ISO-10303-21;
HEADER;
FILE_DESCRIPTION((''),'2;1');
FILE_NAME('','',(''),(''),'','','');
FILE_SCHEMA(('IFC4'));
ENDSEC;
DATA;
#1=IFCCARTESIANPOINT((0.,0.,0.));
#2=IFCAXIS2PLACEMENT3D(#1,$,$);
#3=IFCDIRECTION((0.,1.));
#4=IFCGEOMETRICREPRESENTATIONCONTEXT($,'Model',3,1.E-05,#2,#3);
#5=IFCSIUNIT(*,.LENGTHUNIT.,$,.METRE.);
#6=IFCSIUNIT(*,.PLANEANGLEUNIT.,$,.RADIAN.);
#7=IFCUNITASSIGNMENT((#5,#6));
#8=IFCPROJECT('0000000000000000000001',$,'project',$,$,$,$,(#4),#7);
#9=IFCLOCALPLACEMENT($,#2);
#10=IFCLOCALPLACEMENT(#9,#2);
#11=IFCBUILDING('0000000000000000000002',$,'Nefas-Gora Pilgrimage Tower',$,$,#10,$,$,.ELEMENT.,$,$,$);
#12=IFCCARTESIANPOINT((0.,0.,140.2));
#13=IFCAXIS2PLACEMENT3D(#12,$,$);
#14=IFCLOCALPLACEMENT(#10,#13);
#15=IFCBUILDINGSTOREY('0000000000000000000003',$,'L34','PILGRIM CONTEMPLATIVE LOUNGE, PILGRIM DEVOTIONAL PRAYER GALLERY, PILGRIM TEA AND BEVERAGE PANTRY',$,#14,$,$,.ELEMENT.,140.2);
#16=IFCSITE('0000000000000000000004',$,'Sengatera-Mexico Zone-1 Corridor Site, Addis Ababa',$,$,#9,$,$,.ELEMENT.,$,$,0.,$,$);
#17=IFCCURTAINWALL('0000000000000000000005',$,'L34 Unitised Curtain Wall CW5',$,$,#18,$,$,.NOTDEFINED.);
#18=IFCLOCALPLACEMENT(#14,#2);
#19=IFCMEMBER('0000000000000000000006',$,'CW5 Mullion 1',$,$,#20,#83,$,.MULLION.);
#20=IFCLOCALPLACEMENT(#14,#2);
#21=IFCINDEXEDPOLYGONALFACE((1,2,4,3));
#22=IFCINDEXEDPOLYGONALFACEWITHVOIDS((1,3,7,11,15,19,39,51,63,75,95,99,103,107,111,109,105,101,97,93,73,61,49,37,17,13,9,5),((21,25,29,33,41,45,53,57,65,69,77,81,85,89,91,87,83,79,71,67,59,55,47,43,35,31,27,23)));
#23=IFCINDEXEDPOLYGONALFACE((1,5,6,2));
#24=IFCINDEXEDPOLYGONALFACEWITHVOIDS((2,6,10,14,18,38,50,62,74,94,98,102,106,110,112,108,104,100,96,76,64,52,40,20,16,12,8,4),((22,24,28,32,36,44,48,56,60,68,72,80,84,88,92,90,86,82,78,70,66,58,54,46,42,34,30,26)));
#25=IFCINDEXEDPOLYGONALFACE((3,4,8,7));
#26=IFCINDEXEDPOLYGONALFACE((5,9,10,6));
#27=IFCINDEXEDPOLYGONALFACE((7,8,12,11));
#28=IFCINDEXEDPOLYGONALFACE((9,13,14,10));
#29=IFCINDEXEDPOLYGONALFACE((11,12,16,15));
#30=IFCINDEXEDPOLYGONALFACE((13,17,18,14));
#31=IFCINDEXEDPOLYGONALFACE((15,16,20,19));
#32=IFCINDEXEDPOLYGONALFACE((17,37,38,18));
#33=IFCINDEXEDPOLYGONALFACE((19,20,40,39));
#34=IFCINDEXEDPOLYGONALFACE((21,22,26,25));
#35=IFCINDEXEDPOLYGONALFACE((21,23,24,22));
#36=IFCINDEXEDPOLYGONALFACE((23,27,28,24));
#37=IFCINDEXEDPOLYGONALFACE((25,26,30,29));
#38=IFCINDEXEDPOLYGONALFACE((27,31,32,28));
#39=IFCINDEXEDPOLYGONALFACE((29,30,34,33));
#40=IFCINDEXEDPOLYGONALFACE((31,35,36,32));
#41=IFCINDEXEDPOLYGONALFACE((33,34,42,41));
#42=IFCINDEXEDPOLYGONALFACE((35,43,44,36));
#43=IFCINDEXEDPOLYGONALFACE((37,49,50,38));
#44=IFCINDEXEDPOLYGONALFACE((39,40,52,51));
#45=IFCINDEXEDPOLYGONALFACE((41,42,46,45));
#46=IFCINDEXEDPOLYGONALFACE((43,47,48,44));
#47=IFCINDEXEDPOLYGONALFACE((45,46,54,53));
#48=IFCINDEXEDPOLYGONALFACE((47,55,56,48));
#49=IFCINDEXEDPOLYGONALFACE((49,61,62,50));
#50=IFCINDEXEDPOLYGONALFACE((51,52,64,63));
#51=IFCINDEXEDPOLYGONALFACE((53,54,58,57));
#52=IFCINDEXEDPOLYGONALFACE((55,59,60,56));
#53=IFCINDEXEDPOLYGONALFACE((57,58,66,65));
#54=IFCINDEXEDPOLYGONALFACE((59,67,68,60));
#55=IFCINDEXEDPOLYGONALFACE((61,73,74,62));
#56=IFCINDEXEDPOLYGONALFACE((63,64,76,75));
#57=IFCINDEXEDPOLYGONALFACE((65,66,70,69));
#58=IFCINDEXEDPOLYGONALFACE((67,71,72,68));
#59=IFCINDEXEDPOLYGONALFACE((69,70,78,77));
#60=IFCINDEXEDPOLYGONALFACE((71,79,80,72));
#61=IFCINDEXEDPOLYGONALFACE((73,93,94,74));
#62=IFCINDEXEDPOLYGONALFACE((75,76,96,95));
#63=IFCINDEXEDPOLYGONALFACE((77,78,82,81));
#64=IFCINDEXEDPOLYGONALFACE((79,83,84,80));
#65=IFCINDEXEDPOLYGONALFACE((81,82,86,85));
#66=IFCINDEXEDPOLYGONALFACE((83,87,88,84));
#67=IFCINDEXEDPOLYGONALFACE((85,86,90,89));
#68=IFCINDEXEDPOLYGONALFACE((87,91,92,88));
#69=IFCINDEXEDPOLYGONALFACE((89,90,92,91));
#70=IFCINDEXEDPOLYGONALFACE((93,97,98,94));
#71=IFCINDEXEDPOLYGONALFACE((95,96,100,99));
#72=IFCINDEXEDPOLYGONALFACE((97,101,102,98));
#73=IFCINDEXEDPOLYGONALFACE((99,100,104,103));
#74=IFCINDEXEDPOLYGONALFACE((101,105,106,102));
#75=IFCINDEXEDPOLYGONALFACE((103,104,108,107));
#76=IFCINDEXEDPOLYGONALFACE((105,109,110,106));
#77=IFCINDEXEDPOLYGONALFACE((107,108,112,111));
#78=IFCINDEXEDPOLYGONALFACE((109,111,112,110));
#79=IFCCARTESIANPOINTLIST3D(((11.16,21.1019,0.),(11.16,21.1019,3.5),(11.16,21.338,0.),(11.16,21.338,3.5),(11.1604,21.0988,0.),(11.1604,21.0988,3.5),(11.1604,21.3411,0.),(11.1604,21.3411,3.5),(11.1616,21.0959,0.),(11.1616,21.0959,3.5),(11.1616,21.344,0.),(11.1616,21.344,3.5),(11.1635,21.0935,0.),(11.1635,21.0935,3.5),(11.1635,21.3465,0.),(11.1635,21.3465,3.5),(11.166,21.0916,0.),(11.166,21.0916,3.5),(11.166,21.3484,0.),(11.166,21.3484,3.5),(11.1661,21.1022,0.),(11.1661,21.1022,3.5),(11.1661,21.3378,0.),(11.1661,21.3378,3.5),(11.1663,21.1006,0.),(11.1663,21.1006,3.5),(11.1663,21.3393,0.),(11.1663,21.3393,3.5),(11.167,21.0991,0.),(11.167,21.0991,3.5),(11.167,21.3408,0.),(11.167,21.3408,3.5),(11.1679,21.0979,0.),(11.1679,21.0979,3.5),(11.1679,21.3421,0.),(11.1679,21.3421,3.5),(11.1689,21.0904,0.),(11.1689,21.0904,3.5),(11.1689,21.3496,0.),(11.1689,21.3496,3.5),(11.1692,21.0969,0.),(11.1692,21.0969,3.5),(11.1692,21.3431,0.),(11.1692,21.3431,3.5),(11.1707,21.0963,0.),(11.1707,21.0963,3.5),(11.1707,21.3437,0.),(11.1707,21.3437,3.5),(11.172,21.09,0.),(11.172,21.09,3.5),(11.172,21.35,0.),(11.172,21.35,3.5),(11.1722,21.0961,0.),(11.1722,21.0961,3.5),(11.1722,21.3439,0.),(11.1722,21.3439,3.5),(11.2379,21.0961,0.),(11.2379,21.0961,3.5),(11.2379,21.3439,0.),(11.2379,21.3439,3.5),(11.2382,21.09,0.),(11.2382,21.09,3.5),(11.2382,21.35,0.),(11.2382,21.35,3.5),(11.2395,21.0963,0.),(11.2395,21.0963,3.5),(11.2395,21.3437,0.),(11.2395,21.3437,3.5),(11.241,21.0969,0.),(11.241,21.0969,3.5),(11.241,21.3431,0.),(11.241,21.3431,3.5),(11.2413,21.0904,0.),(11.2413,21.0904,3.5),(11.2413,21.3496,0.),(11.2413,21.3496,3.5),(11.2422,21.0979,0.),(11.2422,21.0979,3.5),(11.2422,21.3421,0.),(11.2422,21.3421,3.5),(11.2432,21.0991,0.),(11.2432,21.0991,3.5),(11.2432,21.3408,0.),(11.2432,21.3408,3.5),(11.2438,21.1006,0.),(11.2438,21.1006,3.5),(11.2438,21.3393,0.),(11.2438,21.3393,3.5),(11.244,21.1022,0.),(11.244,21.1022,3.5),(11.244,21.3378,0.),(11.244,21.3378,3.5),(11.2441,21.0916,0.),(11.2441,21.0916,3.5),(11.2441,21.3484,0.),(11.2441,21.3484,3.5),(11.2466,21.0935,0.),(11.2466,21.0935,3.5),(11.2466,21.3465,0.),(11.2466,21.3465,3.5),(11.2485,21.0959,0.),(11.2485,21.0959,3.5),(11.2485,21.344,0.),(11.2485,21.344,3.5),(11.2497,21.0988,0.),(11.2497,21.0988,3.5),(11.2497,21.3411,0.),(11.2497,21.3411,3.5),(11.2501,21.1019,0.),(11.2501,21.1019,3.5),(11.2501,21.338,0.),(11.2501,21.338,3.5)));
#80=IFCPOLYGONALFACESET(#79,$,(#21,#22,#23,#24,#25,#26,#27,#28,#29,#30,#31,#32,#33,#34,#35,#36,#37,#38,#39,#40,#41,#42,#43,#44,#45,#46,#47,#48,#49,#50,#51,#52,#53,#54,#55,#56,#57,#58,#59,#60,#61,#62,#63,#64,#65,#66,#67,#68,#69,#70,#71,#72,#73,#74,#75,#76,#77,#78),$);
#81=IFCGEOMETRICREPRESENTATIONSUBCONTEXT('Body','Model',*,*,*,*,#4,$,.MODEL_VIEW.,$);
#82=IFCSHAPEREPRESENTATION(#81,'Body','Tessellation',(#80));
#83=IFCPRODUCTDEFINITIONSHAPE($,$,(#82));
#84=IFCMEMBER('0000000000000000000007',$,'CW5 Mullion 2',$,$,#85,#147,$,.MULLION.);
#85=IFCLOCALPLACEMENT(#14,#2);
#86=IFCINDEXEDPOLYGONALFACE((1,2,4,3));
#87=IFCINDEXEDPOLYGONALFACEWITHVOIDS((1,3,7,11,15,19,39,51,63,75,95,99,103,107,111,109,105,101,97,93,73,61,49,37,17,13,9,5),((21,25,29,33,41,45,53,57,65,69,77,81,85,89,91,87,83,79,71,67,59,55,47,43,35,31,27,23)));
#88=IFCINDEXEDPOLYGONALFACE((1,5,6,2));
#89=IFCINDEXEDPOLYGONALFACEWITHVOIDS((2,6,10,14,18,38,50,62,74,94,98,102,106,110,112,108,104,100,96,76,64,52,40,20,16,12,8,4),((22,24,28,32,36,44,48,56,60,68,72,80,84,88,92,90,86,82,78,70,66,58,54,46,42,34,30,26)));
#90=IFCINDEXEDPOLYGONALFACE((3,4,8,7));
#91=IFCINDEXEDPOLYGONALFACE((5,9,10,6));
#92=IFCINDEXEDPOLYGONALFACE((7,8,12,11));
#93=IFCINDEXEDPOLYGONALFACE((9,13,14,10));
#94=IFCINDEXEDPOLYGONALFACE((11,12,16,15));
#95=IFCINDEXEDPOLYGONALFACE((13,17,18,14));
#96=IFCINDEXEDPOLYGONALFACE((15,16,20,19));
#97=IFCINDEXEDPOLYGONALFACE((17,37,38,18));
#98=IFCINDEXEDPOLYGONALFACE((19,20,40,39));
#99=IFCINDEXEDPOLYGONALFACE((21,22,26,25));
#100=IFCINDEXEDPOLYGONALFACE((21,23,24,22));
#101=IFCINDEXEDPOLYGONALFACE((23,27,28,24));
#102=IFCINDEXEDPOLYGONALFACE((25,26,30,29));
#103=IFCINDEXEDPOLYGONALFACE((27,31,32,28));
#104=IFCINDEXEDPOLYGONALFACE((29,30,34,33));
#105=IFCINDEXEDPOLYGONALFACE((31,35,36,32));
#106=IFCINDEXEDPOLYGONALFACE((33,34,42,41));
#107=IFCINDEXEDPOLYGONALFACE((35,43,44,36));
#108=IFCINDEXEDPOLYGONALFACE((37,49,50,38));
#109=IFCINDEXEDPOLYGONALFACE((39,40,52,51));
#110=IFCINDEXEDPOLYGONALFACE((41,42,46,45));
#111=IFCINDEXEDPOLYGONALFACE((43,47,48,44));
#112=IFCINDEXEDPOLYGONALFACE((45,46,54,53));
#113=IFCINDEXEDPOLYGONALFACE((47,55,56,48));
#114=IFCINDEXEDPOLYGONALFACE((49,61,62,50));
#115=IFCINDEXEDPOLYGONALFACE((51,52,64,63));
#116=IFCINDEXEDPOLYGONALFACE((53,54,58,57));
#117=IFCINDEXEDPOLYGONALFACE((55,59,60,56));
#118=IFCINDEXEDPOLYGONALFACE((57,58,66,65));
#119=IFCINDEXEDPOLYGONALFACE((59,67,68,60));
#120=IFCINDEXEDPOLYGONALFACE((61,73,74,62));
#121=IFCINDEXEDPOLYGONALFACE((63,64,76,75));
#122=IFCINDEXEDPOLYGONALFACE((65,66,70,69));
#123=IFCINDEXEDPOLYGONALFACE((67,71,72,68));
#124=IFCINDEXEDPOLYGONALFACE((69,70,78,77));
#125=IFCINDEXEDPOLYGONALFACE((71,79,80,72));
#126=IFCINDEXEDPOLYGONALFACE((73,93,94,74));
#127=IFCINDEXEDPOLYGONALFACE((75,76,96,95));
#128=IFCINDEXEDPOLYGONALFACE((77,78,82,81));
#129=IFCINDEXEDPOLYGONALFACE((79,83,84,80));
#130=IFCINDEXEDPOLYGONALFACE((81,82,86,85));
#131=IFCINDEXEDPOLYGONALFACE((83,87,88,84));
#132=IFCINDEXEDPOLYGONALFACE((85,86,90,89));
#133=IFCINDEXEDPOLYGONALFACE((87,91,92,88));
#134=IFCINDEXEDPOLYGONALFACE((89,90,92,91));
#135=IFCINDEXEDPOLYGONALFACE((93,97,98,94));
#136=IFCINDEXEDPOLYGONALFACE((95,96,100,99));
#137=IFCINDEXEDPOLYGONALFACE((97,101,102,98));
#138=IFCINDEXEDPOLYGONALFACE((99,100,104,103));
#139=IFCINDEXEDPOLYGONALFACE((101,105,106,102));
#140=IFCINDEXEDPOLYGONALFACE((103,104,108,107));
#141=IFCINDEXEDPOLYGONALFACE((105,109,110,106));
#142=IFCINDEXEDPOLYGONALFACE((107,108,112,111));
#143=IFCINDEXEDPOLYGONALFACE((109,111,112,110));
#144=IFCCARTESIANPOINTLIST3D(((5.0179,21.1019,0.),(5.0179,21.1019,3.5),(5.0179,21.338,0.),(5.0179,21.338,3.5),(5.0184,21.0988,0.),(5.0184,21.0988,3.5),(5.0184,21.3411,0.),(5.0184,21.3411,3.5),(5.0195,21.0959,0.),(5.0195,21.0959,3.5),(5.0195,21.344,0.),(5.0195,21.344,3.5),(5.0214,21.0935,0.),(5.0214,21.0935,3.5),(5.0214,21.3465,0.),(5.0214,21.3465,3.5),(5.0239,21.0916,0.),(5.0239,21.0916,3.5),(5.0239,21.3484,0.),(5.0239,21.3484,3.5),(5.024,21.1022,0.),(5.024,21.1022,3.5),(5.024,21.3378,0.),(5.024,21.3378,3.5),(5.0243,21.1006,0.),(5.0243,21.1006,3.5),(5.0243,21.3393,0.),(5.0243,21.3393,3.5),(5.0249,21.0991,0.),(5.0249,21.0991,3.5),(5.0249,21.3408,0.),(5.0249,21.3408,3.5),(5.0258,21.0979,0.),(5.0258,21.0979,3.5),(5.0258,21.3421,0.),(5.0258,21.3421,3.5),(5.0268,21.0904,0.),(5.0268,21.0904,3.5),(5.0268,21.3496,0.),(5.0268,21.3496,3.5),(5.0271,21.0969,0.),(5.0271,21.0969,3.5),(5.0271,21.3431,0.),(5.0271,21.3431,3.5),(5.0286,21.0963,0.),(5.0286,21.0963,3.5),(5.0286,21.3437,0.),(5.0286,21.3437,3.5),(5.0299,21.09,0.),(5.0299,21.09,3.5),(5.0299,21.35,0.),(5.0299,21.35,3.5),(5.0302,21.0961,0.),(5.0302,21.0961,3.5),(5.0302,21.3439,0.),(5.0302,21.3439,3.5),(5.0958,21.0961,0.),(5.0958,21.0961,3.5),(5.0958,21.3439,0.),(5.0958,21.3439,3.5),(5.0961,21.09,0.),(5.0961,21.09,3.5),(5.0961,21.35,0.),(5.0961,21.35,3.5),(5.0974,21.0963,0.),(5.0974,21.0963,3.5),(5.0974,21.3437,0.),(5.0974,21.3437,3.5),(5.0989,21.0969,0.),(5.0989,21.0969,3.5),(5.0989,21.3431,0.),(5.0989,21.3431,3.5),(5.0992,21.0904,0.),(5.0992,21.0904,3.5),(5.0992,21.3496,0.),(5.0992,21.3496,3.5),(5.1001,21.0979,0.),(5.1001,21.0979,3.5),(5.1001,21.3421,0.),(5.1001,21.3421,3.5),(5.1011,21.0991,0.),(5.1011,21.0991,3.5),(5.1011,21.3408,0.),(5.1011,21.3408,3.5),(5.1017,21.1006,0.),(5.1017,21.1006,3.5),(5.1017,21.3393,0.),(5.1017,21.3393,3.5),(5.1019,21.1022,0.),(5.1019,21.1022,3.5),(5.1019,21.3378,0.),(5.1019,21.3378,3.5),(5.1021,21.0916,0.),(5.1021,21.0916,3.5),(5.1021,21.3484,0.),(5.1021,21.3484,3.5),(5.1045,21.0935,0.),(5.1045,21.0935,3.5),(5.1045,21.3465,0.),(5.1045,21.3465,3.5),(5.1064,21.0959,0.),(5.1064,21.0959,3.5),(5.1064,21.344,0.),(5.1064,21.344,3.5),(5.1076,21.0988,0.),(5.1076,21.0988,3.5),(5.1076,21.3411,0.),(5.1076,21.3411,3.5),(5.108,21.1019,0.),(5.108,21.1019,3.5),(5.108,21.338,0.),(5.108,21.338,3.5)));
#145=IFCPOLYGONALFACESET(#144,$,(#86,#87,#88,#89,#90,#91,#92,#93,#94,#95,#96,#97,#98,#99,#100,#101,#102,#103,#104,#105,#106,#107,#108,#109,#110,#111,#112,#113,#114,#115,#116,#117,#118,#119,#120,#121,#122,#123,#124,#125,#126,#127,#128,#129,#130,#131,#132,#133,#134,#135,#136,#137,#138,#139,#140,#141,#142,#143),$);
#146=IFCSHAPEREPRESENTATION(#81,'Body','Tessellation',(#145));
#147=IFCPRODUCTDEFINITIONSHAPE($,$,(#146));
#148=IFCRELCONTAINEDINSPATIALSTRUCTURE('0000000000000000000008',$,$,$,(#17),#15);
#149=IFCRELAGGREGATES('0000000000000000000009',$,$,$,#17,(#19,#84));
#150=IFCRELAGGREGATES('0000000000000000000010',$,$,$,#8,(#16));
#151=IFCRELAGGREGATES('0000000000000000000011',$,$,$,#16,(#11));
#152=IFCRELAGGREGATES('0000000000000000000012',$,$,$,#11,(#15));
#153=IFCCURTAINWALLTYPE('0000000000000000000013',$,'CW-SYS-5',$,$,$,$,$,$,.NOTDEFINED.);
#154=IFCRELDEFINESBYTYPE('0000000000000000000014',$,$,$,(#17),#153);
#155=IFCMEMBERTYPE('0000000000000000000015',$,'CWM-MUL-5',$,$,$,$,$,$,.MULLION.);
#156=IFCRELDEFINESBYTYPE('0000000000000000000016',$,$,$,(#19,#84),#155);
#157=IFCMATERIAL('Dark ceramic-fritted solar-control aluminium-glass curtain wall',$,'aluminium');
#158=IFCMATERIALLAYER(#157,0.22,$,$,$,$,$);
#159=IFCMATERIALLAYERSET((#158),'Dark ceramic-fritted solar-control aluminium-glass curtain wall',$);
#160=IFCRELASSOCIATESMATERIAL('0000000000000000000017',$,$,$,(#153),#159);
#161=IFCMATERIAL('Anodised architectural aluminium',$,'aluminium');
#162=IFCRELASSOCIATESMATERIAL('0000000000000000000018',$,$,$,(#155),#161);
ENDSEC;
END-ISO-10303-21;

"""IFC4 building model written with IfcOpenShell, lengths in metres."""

from ifc_helpers import new_model, si_unit, direction, frame, origin, origin_2d, place, context, subcontext, project, spatial, hollow_rectangle, extrude, source, transform, mapped, material, layer, layer_set, material_profile, profile_set, type_object, element, aggregate, save


model = new_model("IFC4")

# Units and contexts
model_context = context("Model", 3, precision=1e-05, world=origin(), true_north=direction((0.0, 1.0)))
body_context = subcontext(model_context, "Body", "Model", "MODEL_VIEW")
ifc_project = project(units=[si_unit("LENGTHUNIT", "METRE"), si_unit("PLANEANGLEUNIT", "RADIAN")], contexts=[model_context])

# Site, building, storey
site_placement = place(None, origin())
site = spatial("IfcSite", under=ifc_project, at=site_placement, Name="Sengatera-Mexico Zone-1 Corridor Site, Addis Ababa", CompositionType="ELEMENT", RefElevation=0.0)
building_placement = place(site_placement, origin())
building = spatial("IfcBuilding", under=site, at=building_placement, Name="Nefas-Gora Pilgrimage Tower", CompositionType="ELEMENT")
storey_placement = place(building_placement, frame((0.0, 0.0, 140.2)))
storey = spatial("IfcBuildingStorey", under=building, at=storey_placement, Name="L34", Description="PILGRIM CONTEMPLATIVE LOUNGE, PILGRIM DEVOTIONAL PRAYER GALLERY, PILGRIM TEA AND BEVERAGE PANTRY", CompositionType="ELEMENT", Elevation=140.2)

# Curtain wall
ifc_material_1 = material(Name="Dark ceramic-fritted solar-control aluminium-glass curtain wall", Category="aluminium")
ifc_layer_1 = layer(ifc_material_1, 0.22)
ifc_layer_set_1 = layer_set([ifc_layer_1], Name="Dark ceramic-fritted solar-control aluminium-glass curtain wall")
curtain_wall_type_1 = type_object("IfcCurtainWallType", Name="CW-SYS-5", PredefinedType="NOTDEFINED", material=ifc_layer_set_1)
curtain_wall_1_placement = place(storey_placement, origin())
curtain_wall_1 = element("IfcCurtainWall", 1, at=curtain_wall_1_placement, inside=storey, type_object=curtain_wall_type_1, Name="L34 Unitised Curtain Wall CW5", PredefinedType="NOTDEFINED")
ifc_material_2 = material(Name="Anodised architectural aluminium", Category="aluminium")

# Members
ifc_material_profile_1 = material_profile(ifc_material_2, hollow_rectangle(XDim=0.0901, YDim=0.26, WallThickness=0.0061, InnerFilletRadius=0.0061, OuterFilletRadius=0.012, at=origin_2d()), Name="ALU MULLION 90x260")
ifc_profile_set_1 = profile_set([ifc_material_profile_1], Name="Anodised architectural aluminium")
member_type_1 = type_object("IfcMemberType", Name="CWM-MUL-5", PredefinedType="MULLION", material=ifc_profile_set_1)
shared_shape_1 = source(origin(), body_context, "Body", "SweptSolid", [
    extrude(hollow_rectangle(XDim=0.0901, YDim=0.26, WallThickness=0.0061, InnerFilletRadius=0.0061, OuterFilletRadius=0.012, at=origin_2d()), origin(), (0.0, 0.0, 1.0), 3.5),
])
member_1_placement = place(storey_placement, frame((11.2051, 21.22, 0.0), z_axis=(0.0, 0.0, 1.0), x_axis=(-1.0, 0.0, 0.0)))
member_1 = element("IfcMember", 2, at=member_1_placement, type_object=member_type_1, Name="CW5 Mullion 1", PredefinedType="MULLION", context=body_context, shape_type="MappedRepresentation", body=[
    mapped(shared_shape_1, transform((0.0, 0.0, 0.0), x_axis=(1.0, 0.0, 0.0), y_axis=(0.0, 1.0, 0.0), z_axis=(0.0, 0.0, 1.0), scale=1.0)),
])
member_2_placement = place(storey_placement, frame((5.063, 21.22, 0.0), z_axis=(0.0, 0.0, 1.0), x_axis=(-1.0, 0.0, 0.0)))
member_2 = element("IfcMember", 3, at=member_2_placement, type_object=member_type_1, Name="CW5 Mullion 2", PredefinedType="MULLION", context=body_context, shape_type="MappedRepresentation", body=[
    mapped(shared_shape_1, transform((0.0, 0.0, 0.0), x_axis=(1.0, 0.0, 0.0), y_axis=(0.0, 1.0, 0.0), z_axis=(0.0, 0.0, 1.0), scale=1.0)),
])

aggregate(curtain_wall_1, [member_1, member_2])

save(model, "model.ifc")
